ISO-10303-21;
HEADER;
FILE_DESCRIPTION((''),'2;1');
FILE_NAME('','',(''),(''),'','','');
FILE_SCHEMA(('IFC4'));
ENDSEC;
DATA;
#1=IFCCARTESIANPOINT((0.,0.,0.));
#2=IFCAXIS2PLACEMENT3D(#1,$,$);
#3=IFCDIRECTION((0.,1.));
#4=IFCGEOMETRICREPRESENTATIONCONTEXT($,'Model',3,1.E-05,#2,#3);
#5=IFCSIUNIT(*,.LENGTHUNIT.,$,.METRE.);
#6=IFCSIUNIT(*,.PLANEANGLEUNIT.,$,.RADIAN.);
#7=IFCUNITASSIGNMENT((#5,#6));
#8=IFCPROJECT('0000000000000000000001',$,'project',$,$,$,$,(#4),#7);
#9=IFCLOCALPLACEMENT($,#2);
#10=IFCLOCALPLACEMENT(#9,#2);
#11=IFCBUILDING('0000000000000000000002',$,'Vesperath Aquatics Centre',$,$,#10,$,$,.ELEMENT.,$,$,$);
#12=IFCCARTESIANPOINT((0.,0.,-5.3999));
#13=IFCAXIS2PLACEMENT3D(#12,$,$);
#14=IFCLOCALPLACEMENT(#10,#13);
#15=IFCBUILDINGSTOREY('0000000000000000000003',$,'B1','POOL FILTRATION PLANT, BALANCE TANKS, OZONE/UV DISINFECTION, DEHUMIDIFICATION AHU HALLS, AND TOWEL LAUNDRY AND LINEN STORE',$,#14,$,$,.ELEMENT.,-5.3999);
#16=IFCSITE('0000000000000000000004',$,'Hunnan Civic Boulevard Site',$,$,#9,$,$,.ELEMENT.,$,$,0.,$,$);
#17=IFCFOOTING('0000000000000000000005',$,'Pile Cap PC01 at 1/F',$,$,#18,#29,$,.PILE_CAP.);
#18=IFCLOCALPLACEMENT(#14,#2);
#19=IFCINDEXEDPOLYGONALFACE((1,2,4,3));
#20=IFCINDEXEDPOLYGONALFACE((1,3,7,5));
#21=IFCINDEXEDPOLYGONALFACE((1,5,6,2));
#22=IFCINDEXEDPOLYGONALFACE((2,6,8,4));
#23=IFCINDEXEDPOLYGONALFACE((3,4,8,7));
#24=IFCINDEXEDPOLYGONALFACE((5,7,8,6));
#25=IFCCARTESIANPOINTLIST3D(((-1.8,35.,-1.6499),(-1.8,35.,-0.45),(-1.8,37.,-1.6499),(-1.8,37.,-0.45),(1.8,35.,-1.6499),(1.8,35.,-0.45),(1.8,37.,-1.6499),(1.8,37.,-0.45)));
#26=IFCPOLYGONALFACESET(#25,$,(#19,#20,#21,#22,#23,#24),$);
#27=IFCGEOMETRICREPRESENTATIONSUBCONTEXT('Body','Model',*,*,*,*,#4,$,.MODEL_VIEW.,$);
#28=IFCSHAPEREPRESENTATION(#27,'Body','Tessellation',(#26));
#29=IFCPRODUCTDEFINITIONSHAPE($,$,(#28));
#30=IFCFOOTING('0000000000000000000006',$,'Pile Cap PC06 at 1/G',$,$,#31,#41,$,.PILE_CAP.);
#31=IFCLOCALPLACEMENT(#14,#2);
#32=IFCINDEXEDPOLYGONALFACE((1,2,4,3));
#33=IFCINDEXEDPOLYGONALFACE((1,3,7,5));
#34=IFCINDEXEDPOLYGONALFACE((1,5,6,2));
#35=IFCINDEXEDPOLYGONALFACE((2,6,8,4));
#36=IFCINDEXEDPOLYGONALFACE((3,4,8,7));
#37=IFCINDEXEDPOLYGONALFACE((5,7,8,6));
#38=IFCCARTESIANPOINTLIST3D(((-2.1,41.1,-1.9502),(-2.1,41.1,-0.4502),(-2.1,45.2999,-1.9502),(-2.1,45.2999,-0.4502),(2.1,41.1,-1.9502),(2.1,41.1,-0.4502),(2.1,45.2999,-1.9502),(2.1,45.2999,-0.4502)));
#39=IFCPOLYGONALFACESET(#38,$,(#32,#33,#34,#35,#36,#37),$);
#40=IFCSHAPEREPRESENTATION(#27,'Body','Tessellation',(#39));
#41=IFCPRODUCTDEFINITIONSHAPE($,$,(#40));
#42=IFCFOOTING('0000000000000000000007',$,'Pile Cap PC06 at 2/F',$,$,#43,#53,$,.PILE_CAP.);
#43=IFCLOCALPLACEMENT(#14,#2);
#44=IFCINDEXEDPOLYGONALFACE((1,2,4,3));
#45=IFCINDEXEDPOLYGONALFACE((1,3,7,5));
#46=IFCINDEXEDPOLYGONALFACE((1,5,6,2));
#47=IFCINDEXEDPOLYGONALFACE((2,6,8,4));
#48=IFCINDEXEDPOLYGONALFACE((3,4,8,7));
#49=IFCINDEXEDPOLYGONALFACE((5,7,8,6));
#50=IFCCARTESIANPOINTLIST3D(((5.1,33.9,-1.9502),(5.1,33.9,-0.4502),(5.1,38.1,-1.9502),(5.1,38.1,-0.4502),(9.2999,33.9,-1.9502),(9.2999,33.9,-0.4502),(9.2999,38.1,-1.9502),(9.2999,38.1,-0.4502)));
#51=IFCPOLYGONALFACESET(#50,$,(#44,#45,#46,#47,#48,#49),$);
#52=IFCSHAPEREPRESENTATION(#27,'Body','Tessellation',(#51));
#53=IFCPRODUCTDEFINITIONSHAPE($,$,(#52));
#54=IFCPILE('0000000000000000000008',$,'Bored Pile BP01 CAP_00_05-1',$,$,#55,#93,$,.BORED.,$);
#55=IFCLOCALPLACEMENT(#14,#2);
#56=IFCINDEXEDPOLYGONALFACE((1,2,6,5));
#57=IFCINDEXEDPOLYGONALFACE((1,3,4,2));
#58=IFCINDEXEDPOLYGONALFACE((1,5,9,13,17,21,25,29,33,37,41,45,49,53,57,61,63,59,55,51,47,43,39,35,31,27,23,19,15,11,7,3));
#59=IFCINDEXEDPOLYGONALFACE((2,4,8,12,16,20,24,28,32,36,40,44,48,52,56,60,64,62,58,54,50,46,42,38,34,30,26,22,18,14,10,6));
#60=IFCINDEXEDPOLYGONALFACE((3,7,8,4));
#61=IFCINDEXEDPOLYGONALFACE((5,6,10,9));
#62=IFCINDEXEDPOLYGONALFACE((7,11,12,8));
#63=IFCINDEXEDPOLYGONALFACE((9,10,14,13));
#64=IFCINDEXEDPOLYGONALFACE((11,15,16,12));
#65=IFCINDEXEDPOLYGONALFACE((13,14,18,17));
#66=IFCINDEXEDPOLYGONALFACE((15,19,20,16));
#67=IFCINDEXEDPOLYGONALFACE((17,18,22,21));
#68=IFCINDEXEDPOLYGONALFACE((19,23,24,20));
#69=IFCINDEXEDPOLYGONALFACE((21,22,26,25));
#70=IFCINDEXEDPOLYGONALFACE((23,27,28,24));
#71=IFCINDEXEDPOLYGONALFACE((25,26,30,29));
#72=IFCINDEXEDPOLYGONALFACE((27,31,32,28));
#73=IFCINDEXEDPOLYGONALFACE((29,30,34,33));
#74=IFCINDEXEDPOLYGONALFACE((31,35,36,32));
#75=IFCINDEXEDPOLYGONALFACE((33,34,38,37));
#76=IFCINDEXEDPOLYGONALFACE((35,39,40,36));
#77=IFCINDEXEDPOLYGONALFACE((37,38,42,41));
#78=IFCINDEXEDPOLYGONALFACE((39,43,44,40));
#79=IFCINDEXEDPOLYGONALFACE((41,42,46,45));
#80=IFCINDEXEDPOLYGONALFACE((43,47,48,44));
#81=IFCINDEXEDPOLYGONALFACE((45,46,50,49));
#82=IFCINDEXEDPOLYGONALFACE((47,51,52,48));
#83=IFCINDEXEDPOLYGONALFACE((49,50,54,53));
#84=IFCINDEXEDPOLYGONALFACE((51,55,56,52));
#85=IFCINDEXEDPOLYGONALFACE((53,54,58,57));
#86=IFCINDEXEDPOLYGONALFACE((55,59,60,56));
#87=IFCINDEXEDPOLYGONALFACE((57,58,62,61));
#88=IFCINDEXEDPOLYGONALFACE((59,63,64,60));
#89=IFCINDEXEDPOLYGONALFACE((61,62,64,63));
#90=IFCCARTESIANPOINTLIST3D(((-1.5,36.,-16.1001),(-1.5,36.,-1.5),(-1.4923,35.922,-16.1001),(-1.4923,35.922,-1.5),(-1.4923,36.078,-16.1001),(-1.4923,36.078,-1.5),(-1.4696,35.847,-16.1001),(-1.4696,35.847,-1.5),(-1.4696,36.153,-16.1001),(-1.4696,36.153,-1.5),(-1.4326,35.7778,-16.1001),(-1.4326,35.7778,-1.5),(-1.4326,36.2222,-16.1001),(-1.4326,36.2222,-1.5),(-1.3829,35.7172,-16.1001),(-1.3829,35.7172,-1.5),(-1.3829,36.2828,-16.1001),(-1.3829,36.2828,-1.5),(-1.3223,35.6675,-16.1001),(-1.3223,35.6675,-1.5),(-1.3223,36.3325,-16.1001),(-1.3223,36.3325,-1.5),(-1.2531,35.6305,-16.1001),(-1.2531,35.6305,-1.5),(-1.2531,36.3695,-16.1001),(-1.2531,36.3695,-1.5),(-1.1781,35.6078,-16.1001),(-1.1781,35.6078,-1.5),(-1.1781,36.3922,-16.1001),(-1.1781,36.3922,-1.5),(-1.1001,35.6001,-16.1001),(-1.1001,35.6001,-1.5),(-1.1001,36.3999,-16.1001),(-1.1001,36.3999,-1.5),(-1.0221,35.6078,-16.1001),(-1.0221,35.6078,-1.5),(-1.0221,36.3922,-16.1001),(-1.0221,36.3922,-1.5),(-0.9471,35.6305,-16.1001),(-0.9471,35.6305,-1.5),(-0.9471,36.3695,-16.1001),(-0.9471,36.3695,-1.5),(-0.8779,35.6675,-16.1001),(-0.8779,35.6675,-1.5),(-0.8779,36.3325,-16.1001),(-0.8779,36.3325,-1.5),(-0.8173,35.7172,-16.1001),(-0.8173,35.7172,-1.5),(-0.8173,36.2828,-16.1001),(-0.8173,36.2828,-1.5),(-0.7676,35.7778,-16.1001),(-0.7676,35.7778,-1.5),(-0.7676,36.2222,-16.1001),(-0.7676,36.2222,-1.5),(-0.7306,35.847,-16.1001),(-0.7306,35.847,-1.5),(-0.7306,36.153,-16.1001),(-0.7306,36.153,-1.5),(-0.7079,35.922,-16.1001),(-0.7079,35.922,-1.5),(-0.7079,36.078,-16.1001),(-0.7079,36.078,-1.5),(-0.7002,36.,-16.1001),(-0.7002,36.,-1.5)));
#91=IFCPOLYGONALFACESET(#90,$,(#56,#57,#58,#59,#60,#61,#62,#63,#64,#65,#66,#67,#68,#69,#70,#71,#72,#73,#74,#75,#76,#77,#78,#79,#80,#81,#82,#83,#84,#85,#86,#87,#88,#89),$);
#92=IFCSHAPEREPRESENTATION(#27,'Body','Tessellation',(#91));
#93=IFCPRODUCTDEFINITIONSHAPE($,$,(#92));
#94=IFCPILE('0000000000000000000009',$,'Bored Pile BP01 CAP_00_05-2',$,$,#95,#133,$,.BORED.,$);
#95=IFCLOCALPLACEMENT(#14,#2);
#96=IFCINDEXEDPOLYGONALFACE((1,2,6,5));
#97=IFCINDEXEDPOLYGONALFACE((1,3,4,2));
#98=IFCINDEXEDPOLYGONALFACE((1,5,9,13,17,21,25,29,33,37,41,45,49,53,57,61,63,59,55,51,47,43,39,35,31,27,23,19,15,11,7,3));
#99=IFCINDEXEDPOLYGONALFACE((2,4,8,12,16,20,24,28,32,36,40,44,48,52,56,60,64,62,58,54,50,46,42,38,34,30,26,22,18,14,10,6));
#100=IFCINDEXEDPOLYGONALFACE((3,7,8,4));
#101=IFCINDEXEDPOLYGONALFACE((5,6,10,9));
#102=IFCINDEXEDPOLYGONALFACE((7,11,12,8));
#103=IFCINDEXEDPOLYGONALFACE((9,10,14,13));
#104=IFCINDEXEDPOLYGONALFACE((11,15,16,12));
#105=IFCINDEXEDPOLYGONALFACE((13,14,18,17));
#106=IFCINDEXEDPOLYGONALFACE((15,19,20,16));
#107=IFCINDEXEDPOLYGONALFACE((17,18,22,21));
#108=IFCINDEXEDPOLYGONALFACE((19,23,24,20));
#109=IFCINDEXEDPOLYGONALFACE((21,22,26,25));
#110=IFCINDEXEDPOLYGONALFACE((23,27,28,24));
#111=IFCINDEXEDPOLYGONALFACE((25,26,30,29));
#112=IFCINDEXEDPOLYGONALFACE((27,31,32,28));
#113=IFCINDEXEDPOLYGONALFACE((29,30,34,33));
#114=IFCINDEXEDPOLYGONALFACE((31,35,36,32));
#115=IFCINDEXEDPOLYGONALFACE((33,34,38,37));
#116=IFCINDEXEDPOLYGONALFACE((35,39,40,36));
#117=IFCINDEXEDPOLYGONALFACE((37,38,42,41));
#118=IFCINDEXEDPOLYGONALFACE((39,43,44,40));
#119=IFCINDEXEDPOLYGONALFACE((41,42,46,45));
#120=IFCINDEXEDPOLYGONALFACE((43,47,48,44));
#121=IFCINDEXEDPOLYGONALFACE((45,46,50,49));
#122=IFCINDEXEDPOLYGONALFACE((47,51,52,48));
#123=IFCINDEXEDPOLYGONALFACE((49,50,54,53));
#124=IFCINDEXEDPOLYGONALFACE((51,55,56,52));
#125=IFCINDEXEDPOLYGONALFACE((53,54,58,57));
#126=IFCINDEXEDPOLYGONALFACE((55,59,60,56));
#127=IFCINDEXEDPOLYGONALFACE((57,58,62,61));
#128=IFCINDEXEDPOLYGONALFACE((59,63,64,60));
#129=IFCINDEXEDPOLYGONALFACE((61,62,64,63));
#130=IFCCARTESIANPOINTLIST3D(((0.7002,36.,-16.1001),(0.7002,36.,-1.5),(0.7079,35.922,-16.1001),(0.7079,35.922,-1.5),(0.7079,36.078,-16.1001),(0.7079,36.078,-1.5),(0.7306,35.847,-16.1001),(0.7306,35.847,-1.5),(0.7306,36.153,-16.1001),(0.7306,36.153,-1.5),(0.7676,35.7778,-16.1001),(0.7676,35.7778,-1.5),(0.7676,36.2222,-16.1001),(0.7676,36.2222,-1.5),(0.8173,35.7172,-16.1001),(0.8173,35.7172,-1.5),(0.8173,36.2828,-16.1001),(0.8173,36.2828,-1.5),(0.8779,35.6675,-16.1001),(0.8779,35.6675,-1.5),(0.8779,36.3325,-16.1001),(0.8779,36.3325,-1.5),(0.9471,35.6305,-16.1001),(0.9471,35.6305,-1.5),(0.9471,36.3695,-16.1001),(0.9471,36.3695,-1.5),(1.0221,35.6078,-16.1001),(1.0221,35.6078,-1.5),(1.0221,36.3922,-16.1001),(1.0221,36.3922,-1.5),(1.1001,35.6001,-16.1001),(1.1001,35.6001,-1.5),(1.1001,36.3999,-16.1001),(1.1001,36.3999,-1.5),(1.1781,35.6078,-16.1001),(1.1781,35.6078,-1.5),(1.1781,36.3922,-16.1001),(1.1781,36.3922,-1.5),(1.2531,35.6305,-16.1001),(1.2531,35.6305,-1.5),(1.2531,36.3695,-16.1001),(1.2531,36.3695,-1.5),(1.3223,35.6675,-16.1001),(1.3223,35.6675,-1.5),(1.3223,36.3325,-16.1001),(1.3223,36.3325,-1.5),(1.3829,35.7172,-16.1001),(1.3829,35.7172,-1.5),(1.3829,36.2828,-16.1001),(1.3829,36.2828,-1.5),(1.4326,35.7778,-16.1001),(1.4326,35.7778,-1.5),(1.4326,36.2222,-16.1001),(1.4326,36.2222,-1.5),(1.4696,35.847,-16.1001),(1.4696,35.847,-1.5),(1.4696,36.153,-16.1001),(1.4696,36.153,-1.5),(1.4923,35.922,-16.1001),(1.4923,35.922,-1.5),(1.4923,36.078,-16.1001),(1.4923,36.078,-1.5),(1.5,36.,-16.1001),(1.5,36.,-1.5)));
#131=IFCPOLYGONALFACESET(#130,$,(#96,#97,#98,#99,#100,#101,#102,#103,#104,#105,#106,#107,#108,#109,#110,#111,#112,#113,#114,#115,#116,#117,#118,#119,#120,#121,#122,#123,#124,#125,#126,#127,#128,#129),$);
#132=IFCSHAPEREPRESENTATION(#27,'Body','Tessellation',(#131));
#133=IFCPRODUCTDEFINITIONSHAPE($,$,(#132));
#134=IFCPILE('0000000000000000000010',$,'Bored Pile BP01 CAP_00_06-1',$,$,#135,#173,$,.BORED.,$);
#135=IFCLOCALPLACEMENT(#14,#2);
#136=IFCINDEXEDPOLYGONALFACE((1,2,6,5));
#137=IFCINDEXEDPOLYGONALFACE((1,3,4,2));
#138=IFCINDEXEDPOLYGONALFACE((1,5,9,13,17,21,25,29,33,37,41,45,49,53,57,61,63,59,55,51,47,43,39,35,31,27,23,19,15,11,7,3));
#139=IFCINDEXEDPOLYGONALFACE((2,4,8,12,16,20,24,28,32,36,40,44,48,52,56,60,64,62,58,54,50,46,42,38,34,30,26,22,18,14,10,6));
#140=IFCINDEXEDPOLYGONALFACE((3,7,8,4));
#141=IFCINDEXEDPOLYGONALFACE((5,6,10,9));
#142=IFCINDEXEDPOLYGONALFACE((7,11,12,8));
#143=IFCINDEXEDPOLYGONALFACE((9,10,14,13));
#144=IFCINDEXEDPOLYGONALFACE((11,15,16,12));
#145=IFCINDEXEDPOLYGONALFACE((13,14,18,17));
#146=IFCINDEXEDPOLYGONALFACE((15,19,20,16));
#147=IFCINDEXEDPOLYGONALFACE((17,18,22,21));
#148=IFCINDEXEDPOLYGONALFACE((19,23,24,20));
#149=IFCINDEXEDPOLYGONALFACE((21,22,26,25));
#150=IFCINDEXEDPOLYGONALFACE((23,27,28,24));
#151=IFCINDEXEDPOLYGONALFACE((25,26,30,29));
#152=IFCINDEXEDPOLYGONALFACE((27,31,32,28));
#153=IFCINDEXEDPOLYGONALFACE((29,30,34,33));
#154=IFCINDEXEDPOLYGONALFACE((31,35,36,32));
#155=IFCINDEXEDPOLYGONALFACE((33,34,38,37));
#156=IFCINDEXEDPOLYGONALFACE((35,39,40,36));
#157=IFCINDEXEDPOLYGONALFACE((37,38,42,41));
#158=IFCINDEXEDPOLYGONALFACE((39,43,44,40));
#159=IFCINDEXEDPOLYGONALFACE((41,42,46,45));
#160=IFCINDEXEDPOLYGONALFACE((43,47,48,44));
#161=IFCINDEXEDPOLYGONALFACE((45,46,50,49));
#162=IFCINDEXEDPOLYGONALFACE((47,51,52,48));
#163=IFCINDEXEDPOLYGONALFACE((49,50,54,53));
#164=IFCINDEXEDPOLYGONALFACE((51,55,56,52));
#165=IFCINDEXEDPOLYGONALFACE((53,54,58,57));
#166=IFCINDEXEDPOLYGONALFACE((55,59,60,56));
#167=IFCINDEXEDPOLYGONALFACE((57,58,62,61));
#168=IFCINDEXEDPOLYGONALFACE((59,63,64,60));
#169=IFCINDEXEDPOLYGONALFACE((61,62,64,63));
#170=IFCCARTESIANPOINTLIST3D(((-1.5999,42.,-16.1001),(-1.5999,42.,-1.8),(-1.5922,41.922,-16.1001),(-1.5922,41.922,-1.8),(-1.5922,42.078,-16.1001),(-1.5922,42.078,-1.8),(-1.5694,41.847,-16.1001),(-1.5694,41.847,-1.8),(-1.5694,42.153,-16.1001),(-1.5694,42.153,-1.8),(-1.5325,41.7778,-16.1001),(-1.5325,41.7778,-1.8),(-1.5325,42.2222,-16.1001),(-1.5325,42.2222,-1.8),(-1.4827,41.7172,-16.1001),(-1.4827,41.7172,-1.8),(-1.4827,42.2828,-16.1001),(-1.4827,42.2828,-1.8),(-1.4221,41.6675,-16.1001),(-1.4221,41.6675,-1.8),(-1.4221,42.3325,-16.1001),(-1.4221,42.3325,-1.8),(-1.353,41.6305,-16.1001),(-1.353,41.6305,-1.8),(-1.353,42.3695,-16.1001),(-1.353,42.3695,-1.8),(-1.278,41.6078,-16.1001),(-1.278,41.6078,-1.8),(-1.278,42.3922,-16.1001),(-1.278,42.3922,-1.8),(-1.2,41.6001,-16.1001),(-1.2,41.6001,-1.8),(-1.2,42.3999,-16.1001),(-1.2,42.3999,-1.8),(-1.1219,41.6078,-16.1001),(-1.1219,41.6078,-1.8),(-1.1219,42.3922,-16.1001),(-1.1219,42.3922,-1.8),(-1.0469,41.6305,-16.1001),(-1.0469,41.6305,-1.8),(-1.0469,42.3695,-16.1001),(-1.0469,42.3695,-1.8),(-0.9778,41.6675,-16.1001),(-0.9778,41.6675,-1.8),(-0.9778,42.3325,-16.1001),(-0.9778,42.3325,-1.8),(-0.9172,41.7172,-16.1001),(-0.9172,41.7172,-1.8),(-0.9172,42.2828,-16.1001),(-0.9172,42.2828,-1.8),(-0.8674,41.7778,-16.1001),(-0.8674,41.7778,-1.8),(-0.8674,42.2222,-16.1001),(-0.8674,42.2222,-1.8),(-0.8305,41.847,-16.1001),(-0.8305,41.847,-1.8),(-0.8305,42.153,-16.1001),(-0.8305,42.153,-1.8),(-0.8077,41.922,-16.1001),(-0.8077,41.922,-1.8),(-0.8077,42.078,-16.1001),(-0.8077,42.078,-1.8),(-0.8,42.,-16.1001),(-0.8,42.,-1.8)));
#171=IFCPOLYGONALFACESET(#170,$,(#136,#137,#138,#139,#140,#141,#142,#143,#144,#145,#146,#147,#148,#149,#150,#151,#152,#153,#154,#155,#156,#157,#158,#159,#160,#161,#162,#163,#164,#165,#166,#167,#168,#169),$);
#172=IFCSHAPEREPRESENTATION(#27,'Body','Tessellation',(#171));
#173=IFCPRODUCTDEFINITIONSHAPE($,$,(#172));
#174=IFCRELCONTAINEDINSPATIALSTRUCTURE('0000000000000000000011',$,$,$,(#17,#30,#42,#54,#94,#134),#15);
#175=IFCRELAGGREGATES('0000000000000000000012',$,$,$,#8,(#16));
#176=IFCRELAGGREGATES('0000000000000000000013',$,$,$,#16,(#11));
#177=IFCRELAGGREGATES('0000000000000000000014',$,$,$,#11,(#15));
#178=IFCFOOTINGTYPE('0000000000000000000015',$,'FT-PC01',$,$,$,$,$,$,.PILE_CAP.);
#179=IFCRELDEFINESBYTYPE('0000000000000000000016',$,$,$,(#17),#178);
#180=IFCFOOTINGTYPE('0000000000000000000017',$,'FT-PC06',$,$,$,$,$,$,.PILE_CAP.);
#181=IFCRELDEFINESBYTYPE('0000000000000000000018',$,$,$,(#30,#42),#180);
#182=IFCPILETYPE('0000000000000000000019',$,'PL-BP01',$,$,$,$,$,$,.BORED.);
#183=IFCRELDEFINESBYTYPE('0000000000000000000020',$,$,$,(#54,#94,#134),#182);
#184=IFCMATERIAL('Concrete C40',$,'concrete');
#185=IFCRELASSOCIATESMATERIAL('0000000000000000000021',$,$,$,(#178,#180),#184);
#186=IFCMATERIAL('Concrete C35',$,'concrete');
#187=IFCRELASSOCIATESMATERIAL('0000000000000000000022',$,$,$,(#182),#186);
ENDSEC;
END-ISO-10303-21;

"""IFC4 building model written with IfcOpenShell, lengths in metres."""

from ifc_helpers import new_model, si_unit, direction, frame, origin, origin_2d, place, context, subcontext, project, spatial, rectangle, circle, extrude, material, material_profile, profile_set, type_object, element, save


model = new_model("IFC4")

# Units and contexts
model_context = context("Model", 3, precision=1e-05, world=origin(), true_north=direction((0.0, 1.0)))
body_context = subcontext(model_context, "Body", "Model", "MODEL_VIEW")
ifc_project = project(units=[si_unit("LENGTHUNIT", "METRE"), si_unit("PLANEANGLEUNIT", "RADIAN")], contexts=[model_context])

# Site, building, storey
site_placement = place(None, origin())
site = spatial("IfcSite", under=ifc_project, at=site_placement, Name="Hunnan Civic Boulevard Site", CompositionType="ELEMENT", RefElevation=0.0)
building_placement = place(site_placement, origin())
building = spatial("IfcBuilding", under=site, at=building_placement, Name="Vesperath Aquatics Centre", CompositionType="ELEMENT")
storey_placement = place(building_placement, frame((0.0, 0.0, -5.3999)))
storey = spatial("IfcBuildingStorey", under=building, at=storey_placement, Name="B1", Description="POOL FILTRATION PLANT, BALANCE TANKS, OZONE/UV DISINFECTION, DEHUMIDIFICATION AHU HALLS, AND TOWEL LAUNDRY AND LINEN STORE", CompositionType="ELEMENT", Elevation=-5.3999)

# Footings
ifc_material_1 = material(Name="Concrete C40", Category="concrete")
footing_type_1 = type_object("IfcFootingType", Name="FT-PC01", PredefinedType="PILE_CAP", material=ifc_material_1)
footing_placement = place(storey_placement, frame((0.0, 36.0, -1.6499), z_axis=(0.0, 0.0, 1.0), x_axis=(1.0, 0.0, 0.0)))
element("IfcFooting", 1, at=footing_placement, inside=storey, type_object=footing_type_1, Name="Pile Cap PC01 at 1/F", PredefinedType="PILE_CAP", context=body_context, shape_type="SweptSolid", body=[
    extrude(rectangle(XDim=3.6001, YDim=2.0, at=origin_2d()), origin(), (0.0, 0.0, 1.0), 1.2),
])
footing_type_2 = type_object("IfcFootingType", Name="FT-PC06", PredefinedType="PILE_CAP", material=ifc_material_1)
for number, where, z_axis, x_axis, name in (
    (2, (0.0, 43.2, -1.9502), (0.0, 0.0, 1.0), (1.0, 0.0, 0.0), "Pile Cap PC06 at 1/G"),
    (3, (7.2, 36.0, -1.9502), (0.0, 0.0, 1.0), (1.0, 0.0, 0.0), "Pile Cap PC06 at 2/F"),
):
    element("IfcFooting", number, at=place(storey_placement, frame(where, z_axis=z_axis, x_axis=x_axis)), inside=storey, type_object=footing_type_2, Name=name, PredefinedType="PILE_CAP", context=body_context, shape_type="SweptSolid", body=[
        extrude(rectangle(XDim=4.2, YDim=4.2, at=origin_2d()), origin(), (0.0, 0.0, 1.0), 1.5),
    ])

# Piles
ifc_material_2 = material(Name="Concrete C35", Category="concrete")
ifc_material_profile_1 = material_profile(ifc_material_2, circle(Radius=0.3999, at=origin_2d()), Name="PILE D800")
ifc_profile_set_1 = profile_set([ifc_material_profile_1], Name="Concrete C35")
pile_type = type_object("IfcPileType", Name="PL-BP01", PredefinedType="BORED", material=ifc_profile_set_1)
for number, where, z_axis, x_axis, name in (
    (4, (-1.1001, 36.0, -1.5), (0.0, 0.0, -1.0), (1.0, 0.0, 0.0), "Bored Pile BP01 CAP_00_05-1"),
    (5, (1.1001, 36.0, -1.5), (0.0, 0.0, -1.0), (1.0, 0.0, 0.0), "Bored Pile BP01 CAP_00_05-2"),
):
    element("IfcPile", number, at=place(storey_placement, frame(where, z_axis=z_axis, x_axis=x_axis)), inside=storey, type_object=pile_type, Name=name, PredefinedType="BORED", context=body_context, shape_type="SweptSolid", body=[
        extrude(circle(Radius=0.3999, at=origin_2d()), origin(), (0.0, 0.0, 1.0), 14.6001),
    ])
for number, where, z_axis, x_axis, name in (
    (6, (-1.2, 42.0, -1.8), (0.0, 0.0, -1.0), (1.0, 0.0, 0.0), "Bored Pile BP01 CAP_00_06-1"),
):
    element("IfcPile", number, at=place(storey_placement, frame(where, z_axis=z_axis, x_axis=x_axis)), inside=storey, type_object=pile_type, Name=name, PredefinedType="BORED", context=body_context, shape_type="SweptSolid", body=[
        extrude(circle(Radius=0.3999, at=origin_2d()), origin(), (0.0, 0.0, 1.0), 14.3),
    ])

save(model, "model.ifc")
